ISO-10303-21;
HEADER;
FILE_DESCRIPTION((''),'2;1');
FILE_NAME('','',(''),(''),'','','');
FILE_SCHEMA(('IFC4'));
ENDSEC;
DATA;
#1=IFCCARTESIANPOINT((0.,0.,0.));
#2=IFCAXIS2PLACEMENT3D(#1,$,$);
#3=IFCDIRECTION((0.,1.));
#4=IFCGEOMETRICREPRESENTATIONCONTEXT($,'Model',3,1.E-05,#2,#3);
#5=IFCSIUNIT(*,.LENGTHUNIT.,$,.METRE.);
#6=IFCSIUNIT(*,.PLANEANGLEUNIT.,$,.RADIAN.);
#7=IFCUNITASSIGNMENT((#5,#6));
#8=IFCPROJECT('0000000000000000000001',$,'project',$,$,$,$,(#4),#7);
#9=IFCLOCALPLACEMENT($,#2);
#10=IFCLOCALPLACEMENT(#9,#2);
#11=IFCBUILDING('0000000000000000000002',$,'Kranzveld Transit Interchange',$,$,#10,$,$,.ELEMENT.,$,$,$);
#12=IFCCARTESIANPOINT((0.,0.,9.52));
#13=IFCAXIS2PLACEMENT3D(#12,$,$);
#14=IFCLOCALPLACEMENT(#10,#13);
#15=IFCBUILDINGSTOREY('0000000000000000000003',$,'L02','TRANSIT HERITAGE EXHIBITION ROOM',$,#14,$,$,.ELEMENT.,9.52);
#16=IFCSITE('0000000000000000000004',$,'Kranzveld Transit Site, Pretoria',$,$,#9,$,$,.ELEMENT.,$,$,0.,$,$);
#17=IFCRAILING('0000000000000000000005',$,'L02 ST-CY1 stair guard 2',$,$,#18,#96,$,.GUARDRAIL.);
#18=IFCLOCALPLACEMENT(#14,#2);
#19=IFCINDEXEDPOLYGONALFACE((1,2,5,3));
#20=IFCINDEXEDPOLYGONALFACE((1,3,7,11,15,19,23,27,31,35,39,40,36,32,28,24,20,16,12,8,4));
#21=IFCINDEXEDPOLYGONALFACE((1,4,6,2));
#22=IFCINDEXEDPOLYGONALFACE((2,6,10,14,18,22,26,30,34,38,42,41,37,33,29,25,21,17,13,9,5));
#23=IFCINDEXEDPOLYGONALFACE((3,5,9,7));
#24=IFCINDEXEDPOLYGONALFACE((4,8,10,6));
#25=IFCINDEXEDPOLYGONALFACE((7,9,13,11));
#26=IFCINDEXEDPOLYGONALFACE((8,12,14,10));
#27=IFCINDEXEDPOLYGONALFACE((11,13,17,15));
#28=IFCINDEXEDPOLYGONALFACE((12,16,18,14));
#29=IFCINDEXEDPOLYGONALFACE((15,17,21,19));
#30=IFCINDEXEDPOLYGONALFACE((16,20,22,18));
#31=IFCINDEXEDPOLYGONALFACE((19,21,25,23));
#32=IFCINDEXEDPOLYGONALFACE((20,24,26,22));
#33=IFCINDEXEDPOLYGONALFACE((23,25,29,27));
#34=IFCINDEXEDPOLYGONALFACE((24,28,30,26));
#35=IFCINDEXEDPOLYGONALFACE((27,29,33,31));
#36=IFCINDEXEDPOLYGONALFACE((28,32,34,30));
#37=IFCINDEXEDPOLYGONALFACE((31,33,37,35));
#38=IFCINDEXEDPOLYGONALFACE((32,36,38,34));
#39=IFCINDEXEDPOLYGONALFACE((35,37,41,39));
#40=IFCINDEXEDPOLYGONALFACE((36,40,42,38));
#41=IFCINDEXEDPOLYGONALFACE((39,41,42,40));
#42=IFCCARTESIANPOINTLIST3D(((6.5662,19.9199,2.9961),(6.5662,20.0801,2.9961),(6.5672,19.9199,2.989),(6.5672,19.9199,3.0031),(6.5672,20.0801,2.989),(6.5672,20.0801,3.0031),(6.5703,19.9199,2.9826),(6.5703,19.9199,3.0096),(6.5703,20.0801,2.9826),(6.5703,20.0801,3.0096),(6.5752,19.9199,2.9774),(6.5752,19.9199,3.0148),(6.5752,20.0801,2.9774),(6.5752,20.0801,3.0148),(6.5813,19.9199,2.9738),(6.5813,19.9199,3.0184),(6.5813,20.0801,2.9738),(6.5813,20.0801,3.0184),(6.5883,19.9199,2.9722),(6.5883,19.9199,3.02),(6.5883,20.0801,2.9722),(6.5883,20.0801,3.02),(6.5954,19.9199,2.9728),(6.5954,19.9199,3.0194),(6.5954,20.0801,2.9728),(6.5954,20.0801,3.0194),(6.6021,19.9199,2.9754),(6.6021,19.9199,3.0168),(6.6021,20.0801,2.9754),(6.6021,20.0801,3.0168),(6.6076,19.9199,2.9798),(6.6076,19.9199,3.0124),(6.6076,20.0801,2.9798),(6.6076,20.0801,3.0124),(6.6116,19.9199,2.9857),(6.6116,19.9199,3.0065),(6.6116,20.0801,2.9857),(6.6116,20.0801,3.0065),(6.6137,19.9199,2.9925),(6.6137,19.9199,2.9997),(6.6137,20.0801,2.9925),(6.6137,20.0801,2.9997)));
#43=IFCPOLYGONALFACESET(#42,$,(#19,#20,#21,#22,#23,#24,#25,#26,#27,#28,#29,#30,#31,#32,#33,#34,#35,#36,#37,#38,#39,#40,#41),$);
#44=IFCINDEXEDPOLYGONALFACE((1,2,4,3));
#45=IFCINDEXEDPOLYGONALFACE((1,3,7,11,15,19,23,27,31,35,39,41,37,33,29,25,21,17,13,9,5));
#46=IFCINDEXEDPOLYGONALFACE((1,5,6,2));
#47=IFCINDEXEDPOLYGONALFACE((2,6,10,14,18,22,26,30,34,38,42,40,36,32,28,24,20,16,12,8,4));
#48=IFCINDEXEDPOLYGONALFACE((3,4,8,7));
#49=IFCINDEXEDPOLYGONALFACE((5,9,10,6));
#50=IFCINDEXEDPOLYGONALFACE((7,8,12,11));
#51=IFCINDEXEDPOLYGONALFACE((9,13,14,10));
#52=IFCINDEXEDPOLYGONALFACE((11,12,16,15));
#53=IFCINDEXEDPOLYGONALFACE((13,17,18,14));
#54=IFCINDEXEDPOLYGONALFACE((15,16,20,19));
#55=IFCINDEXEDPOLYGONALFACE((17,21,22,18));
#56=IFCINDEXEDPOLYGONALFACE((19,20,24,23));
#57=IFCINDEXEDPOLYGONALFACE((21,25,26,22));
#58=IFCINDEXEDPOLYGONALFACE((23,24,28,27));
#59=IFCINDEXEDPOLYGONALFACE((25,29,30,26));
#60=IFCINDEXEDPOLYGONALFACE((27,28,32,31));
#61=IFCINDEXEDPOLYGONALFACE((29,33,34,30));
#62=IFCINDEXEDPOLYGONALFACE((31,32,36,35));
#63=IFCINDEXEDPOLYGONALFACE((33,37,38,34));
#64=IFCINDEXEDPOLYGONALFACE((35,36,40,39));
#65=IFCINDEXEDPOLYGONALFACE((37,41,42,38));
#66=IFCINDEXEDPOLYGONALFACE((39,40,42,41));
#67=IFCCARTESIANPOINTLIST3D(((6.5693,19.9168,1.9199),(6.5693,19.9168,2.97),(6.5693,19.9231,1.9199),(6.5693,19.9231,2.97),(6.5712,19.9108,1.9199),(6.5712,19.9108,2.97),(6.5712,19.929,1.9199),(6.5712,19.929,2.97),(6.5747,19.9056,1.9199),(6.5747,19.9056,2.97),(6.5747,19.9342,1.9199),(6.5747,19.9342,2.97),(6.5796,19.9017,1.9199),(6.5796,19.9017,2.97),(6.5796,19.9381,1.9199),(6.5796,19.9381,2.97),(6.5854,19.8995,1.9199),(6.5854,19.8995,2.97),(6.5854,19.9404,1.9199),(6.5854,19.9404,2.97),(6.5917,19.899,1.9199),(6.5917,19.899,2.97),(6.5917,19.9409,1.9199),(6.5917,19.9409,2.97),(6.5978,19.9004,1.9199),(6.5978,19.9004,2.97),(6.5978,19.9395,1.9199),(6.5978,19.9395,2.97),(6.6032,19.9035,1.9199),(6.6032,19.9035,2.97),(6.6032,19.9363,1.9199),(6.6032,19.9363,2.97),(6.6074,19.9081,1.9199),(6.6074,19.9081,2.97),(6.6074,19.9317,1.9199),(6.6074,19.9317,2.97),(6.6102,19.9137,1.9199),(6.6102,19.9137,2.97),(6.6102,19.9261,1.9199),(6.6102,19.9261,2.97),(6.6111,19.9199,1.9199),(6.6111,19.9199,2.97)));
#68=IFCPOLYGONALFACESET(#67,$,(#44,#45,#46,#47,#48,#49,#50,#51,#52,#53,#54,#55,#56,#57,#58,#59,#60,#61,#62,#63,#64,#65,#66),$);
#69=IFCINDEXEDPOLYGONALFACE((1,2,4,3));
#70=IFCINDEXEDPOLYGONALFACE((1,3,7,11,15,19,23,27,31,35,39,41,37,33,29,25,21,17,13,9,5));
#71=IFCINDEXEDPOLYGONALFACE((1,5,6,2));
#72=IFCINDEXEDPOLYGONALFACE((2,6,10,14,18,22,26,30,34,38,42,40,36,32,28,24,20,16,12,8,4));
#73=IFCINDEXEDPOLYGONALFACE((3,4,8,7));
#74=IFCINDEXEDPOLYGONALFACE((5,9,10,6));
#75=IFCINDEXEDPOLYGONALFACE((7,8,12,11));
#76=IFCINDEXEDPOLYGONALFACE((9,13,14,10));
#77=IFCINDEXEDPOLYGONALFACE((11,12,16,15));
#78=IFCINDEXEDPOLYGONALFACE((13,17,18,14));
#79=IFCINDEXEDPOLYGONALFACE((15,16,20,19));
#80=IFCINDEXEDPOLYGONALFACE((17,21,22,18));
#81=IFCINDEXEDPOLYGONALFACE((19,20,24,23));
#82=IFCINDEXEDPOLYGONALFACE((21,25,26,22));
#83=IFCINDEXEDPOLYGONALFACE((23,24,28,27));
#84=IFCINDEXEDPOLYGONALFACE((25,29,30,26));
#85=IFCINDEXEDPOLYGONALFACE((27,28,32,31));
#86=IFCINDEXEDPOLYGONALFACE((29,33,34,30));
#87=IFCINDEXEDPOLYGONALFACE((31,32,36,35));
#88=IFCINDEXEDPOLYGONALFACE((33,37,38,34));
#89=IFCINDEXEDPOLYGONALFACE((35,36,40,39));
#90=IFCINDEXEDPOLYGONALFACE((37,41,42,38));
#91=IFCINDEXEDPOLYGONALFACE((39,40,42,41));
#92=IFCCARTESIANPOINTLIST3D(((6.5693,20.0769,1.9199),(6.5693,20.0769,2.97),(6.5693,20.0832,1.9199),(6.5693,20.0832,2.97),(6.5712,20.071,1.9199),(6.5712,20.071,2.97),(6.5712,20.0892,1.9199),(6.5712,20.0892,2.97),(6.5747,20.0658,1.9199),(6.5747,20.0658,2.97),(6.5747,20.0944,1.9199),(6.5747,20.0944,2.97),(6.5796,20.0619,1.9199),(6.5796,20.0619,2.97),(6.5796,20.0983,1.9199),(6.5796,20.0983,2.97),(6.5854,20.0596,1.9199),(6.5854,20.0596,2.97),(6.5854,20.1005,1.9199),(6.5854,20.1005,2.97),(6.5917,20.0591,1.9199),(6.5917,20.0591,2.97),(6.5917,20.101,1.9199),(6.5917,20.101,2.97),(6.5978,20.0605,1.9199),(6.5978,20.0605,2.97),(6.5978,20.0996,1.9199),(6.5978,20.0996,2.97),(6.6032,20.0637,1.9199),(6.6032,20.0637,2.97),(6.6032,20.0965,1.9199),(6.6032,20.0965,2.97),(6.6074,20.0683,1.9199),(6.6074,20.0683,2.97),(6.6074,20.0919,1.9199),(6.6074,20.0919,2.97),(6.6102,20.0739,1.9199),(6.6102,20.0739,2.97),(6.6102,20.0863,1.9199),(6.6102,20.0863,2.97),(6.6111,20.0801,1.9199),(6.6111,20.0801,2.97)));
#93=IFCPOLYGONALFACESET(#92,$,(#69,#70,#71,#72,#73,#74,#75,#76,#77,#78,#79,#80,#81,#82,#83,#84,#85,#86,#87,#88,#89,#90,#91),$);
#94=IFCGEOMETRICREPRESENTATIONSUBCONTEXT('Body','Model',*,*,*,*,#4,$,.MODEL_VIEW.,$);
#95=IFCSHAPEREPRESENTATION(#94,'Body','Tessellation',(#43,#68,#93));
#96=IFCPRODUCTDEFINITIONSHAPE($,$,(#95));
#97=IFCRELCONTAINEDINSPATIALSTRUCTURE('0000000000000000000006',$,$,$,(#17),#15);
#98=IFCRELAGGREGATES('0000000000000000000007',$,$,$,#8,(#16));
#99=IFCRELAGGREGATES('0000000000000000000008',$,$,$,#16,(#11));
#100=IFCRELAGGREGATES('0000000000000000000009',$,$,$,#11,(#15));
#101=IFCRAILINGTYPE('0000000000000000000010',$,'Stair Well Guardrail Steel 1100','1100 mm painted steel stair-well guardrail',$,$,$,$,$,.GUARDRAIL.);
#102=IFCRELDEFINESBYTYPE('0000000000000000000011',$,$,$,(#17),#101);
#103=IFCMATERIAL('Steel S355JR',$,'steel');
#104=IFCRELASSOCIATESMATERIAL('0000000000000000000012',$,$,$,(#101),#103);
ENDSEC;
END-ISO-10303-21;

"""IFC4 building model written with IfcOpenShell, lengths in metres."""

from ifc_helpers import new_model, si_unit, direction, frame, origin, origin_2d, place, context, subcontext, project, spatial, circle, extrude, material, type_object, element, save


model = new_model("IFC4")

# Units and contexts
model_context = context("Model", 3, precision=1e-05, world=origin(), true_north=direction((0.0, 1.0)))
body_context = subcontext(model_context, "Body", "Model", "MODEL_VIEW")
ifc_project = project(units=[si_unit("LENGTHUNIT", "METRE"), si_unit("PLANEANGLEUNIT", "RADIAN")], contexts=[model_context])

# Site, building, storey
site_placement = place(None, origin())
site = spatial("IfcSite", under=ifc_project, at=site_placement, Name="Kranzveld Transit Site, Pretoria", CompositionType="ELEMENT", RefElevation=0.0)
building_placement = place(site_placement, origin())
building = spatial("IfcBuilding", under=site, at=building_placement, Name="Kranzveld Transit Interchange", CompositionType="ELEMENT")
storey_placement = place(building_placement, frame((0.0, 0.0, 9.52)))
storey = spatial("IfcBuildingStorey", under=building, at=storey_placement, Name="L02", Description="TRANSIT HERITAGE EXHIBITION ROOM", CompositionType="ELEMENT", Elevation=9.52)

# Railing
ifc_material_1 = material(Name="Steel S355JR", Category="steel")
railing_type_1 = type_object("IfcRailingType", Name="Stair Well Guardrail Steel 1100", Description="1100 mm painted steel stair-well guardrail", PredefinedType="GUARDRAIL", material=ifc_material_1)
railing_1_placement = place(storey_placement, frame((6.5901, 19.9199, 1.9199)))
element("IfcRailing", 1, at=railing_1_placement, inside=storey, type_object=railing_type_1, Name="L02 ST-CY1 stair guard 2", PredefinedType="GUARDRAIL", context=body_context, shape_type="SweptSolid", body=[
    extrude(circle(Radius=0.0239, at=origin_2d()), frame((0.0, 0.0, 1.0762), z_axis=(0.0, 1.0, 0.0), x_axis=(-1.0, 0.0, 0.0)), (0.0, 0.0, 1.0), 0.1602),
    extrude(circle(Radius=0.021, at=origin_2d()), origin(), (0.0, 0.0, 1.0), 1.05),
    extrude(circle(Radius=0.021, at=origin_2d()), frame((0.0, 0.1602, 0.0)), (0.0, 0.0, 1.0), 1.05),
])

save(model, "model.ifc")
